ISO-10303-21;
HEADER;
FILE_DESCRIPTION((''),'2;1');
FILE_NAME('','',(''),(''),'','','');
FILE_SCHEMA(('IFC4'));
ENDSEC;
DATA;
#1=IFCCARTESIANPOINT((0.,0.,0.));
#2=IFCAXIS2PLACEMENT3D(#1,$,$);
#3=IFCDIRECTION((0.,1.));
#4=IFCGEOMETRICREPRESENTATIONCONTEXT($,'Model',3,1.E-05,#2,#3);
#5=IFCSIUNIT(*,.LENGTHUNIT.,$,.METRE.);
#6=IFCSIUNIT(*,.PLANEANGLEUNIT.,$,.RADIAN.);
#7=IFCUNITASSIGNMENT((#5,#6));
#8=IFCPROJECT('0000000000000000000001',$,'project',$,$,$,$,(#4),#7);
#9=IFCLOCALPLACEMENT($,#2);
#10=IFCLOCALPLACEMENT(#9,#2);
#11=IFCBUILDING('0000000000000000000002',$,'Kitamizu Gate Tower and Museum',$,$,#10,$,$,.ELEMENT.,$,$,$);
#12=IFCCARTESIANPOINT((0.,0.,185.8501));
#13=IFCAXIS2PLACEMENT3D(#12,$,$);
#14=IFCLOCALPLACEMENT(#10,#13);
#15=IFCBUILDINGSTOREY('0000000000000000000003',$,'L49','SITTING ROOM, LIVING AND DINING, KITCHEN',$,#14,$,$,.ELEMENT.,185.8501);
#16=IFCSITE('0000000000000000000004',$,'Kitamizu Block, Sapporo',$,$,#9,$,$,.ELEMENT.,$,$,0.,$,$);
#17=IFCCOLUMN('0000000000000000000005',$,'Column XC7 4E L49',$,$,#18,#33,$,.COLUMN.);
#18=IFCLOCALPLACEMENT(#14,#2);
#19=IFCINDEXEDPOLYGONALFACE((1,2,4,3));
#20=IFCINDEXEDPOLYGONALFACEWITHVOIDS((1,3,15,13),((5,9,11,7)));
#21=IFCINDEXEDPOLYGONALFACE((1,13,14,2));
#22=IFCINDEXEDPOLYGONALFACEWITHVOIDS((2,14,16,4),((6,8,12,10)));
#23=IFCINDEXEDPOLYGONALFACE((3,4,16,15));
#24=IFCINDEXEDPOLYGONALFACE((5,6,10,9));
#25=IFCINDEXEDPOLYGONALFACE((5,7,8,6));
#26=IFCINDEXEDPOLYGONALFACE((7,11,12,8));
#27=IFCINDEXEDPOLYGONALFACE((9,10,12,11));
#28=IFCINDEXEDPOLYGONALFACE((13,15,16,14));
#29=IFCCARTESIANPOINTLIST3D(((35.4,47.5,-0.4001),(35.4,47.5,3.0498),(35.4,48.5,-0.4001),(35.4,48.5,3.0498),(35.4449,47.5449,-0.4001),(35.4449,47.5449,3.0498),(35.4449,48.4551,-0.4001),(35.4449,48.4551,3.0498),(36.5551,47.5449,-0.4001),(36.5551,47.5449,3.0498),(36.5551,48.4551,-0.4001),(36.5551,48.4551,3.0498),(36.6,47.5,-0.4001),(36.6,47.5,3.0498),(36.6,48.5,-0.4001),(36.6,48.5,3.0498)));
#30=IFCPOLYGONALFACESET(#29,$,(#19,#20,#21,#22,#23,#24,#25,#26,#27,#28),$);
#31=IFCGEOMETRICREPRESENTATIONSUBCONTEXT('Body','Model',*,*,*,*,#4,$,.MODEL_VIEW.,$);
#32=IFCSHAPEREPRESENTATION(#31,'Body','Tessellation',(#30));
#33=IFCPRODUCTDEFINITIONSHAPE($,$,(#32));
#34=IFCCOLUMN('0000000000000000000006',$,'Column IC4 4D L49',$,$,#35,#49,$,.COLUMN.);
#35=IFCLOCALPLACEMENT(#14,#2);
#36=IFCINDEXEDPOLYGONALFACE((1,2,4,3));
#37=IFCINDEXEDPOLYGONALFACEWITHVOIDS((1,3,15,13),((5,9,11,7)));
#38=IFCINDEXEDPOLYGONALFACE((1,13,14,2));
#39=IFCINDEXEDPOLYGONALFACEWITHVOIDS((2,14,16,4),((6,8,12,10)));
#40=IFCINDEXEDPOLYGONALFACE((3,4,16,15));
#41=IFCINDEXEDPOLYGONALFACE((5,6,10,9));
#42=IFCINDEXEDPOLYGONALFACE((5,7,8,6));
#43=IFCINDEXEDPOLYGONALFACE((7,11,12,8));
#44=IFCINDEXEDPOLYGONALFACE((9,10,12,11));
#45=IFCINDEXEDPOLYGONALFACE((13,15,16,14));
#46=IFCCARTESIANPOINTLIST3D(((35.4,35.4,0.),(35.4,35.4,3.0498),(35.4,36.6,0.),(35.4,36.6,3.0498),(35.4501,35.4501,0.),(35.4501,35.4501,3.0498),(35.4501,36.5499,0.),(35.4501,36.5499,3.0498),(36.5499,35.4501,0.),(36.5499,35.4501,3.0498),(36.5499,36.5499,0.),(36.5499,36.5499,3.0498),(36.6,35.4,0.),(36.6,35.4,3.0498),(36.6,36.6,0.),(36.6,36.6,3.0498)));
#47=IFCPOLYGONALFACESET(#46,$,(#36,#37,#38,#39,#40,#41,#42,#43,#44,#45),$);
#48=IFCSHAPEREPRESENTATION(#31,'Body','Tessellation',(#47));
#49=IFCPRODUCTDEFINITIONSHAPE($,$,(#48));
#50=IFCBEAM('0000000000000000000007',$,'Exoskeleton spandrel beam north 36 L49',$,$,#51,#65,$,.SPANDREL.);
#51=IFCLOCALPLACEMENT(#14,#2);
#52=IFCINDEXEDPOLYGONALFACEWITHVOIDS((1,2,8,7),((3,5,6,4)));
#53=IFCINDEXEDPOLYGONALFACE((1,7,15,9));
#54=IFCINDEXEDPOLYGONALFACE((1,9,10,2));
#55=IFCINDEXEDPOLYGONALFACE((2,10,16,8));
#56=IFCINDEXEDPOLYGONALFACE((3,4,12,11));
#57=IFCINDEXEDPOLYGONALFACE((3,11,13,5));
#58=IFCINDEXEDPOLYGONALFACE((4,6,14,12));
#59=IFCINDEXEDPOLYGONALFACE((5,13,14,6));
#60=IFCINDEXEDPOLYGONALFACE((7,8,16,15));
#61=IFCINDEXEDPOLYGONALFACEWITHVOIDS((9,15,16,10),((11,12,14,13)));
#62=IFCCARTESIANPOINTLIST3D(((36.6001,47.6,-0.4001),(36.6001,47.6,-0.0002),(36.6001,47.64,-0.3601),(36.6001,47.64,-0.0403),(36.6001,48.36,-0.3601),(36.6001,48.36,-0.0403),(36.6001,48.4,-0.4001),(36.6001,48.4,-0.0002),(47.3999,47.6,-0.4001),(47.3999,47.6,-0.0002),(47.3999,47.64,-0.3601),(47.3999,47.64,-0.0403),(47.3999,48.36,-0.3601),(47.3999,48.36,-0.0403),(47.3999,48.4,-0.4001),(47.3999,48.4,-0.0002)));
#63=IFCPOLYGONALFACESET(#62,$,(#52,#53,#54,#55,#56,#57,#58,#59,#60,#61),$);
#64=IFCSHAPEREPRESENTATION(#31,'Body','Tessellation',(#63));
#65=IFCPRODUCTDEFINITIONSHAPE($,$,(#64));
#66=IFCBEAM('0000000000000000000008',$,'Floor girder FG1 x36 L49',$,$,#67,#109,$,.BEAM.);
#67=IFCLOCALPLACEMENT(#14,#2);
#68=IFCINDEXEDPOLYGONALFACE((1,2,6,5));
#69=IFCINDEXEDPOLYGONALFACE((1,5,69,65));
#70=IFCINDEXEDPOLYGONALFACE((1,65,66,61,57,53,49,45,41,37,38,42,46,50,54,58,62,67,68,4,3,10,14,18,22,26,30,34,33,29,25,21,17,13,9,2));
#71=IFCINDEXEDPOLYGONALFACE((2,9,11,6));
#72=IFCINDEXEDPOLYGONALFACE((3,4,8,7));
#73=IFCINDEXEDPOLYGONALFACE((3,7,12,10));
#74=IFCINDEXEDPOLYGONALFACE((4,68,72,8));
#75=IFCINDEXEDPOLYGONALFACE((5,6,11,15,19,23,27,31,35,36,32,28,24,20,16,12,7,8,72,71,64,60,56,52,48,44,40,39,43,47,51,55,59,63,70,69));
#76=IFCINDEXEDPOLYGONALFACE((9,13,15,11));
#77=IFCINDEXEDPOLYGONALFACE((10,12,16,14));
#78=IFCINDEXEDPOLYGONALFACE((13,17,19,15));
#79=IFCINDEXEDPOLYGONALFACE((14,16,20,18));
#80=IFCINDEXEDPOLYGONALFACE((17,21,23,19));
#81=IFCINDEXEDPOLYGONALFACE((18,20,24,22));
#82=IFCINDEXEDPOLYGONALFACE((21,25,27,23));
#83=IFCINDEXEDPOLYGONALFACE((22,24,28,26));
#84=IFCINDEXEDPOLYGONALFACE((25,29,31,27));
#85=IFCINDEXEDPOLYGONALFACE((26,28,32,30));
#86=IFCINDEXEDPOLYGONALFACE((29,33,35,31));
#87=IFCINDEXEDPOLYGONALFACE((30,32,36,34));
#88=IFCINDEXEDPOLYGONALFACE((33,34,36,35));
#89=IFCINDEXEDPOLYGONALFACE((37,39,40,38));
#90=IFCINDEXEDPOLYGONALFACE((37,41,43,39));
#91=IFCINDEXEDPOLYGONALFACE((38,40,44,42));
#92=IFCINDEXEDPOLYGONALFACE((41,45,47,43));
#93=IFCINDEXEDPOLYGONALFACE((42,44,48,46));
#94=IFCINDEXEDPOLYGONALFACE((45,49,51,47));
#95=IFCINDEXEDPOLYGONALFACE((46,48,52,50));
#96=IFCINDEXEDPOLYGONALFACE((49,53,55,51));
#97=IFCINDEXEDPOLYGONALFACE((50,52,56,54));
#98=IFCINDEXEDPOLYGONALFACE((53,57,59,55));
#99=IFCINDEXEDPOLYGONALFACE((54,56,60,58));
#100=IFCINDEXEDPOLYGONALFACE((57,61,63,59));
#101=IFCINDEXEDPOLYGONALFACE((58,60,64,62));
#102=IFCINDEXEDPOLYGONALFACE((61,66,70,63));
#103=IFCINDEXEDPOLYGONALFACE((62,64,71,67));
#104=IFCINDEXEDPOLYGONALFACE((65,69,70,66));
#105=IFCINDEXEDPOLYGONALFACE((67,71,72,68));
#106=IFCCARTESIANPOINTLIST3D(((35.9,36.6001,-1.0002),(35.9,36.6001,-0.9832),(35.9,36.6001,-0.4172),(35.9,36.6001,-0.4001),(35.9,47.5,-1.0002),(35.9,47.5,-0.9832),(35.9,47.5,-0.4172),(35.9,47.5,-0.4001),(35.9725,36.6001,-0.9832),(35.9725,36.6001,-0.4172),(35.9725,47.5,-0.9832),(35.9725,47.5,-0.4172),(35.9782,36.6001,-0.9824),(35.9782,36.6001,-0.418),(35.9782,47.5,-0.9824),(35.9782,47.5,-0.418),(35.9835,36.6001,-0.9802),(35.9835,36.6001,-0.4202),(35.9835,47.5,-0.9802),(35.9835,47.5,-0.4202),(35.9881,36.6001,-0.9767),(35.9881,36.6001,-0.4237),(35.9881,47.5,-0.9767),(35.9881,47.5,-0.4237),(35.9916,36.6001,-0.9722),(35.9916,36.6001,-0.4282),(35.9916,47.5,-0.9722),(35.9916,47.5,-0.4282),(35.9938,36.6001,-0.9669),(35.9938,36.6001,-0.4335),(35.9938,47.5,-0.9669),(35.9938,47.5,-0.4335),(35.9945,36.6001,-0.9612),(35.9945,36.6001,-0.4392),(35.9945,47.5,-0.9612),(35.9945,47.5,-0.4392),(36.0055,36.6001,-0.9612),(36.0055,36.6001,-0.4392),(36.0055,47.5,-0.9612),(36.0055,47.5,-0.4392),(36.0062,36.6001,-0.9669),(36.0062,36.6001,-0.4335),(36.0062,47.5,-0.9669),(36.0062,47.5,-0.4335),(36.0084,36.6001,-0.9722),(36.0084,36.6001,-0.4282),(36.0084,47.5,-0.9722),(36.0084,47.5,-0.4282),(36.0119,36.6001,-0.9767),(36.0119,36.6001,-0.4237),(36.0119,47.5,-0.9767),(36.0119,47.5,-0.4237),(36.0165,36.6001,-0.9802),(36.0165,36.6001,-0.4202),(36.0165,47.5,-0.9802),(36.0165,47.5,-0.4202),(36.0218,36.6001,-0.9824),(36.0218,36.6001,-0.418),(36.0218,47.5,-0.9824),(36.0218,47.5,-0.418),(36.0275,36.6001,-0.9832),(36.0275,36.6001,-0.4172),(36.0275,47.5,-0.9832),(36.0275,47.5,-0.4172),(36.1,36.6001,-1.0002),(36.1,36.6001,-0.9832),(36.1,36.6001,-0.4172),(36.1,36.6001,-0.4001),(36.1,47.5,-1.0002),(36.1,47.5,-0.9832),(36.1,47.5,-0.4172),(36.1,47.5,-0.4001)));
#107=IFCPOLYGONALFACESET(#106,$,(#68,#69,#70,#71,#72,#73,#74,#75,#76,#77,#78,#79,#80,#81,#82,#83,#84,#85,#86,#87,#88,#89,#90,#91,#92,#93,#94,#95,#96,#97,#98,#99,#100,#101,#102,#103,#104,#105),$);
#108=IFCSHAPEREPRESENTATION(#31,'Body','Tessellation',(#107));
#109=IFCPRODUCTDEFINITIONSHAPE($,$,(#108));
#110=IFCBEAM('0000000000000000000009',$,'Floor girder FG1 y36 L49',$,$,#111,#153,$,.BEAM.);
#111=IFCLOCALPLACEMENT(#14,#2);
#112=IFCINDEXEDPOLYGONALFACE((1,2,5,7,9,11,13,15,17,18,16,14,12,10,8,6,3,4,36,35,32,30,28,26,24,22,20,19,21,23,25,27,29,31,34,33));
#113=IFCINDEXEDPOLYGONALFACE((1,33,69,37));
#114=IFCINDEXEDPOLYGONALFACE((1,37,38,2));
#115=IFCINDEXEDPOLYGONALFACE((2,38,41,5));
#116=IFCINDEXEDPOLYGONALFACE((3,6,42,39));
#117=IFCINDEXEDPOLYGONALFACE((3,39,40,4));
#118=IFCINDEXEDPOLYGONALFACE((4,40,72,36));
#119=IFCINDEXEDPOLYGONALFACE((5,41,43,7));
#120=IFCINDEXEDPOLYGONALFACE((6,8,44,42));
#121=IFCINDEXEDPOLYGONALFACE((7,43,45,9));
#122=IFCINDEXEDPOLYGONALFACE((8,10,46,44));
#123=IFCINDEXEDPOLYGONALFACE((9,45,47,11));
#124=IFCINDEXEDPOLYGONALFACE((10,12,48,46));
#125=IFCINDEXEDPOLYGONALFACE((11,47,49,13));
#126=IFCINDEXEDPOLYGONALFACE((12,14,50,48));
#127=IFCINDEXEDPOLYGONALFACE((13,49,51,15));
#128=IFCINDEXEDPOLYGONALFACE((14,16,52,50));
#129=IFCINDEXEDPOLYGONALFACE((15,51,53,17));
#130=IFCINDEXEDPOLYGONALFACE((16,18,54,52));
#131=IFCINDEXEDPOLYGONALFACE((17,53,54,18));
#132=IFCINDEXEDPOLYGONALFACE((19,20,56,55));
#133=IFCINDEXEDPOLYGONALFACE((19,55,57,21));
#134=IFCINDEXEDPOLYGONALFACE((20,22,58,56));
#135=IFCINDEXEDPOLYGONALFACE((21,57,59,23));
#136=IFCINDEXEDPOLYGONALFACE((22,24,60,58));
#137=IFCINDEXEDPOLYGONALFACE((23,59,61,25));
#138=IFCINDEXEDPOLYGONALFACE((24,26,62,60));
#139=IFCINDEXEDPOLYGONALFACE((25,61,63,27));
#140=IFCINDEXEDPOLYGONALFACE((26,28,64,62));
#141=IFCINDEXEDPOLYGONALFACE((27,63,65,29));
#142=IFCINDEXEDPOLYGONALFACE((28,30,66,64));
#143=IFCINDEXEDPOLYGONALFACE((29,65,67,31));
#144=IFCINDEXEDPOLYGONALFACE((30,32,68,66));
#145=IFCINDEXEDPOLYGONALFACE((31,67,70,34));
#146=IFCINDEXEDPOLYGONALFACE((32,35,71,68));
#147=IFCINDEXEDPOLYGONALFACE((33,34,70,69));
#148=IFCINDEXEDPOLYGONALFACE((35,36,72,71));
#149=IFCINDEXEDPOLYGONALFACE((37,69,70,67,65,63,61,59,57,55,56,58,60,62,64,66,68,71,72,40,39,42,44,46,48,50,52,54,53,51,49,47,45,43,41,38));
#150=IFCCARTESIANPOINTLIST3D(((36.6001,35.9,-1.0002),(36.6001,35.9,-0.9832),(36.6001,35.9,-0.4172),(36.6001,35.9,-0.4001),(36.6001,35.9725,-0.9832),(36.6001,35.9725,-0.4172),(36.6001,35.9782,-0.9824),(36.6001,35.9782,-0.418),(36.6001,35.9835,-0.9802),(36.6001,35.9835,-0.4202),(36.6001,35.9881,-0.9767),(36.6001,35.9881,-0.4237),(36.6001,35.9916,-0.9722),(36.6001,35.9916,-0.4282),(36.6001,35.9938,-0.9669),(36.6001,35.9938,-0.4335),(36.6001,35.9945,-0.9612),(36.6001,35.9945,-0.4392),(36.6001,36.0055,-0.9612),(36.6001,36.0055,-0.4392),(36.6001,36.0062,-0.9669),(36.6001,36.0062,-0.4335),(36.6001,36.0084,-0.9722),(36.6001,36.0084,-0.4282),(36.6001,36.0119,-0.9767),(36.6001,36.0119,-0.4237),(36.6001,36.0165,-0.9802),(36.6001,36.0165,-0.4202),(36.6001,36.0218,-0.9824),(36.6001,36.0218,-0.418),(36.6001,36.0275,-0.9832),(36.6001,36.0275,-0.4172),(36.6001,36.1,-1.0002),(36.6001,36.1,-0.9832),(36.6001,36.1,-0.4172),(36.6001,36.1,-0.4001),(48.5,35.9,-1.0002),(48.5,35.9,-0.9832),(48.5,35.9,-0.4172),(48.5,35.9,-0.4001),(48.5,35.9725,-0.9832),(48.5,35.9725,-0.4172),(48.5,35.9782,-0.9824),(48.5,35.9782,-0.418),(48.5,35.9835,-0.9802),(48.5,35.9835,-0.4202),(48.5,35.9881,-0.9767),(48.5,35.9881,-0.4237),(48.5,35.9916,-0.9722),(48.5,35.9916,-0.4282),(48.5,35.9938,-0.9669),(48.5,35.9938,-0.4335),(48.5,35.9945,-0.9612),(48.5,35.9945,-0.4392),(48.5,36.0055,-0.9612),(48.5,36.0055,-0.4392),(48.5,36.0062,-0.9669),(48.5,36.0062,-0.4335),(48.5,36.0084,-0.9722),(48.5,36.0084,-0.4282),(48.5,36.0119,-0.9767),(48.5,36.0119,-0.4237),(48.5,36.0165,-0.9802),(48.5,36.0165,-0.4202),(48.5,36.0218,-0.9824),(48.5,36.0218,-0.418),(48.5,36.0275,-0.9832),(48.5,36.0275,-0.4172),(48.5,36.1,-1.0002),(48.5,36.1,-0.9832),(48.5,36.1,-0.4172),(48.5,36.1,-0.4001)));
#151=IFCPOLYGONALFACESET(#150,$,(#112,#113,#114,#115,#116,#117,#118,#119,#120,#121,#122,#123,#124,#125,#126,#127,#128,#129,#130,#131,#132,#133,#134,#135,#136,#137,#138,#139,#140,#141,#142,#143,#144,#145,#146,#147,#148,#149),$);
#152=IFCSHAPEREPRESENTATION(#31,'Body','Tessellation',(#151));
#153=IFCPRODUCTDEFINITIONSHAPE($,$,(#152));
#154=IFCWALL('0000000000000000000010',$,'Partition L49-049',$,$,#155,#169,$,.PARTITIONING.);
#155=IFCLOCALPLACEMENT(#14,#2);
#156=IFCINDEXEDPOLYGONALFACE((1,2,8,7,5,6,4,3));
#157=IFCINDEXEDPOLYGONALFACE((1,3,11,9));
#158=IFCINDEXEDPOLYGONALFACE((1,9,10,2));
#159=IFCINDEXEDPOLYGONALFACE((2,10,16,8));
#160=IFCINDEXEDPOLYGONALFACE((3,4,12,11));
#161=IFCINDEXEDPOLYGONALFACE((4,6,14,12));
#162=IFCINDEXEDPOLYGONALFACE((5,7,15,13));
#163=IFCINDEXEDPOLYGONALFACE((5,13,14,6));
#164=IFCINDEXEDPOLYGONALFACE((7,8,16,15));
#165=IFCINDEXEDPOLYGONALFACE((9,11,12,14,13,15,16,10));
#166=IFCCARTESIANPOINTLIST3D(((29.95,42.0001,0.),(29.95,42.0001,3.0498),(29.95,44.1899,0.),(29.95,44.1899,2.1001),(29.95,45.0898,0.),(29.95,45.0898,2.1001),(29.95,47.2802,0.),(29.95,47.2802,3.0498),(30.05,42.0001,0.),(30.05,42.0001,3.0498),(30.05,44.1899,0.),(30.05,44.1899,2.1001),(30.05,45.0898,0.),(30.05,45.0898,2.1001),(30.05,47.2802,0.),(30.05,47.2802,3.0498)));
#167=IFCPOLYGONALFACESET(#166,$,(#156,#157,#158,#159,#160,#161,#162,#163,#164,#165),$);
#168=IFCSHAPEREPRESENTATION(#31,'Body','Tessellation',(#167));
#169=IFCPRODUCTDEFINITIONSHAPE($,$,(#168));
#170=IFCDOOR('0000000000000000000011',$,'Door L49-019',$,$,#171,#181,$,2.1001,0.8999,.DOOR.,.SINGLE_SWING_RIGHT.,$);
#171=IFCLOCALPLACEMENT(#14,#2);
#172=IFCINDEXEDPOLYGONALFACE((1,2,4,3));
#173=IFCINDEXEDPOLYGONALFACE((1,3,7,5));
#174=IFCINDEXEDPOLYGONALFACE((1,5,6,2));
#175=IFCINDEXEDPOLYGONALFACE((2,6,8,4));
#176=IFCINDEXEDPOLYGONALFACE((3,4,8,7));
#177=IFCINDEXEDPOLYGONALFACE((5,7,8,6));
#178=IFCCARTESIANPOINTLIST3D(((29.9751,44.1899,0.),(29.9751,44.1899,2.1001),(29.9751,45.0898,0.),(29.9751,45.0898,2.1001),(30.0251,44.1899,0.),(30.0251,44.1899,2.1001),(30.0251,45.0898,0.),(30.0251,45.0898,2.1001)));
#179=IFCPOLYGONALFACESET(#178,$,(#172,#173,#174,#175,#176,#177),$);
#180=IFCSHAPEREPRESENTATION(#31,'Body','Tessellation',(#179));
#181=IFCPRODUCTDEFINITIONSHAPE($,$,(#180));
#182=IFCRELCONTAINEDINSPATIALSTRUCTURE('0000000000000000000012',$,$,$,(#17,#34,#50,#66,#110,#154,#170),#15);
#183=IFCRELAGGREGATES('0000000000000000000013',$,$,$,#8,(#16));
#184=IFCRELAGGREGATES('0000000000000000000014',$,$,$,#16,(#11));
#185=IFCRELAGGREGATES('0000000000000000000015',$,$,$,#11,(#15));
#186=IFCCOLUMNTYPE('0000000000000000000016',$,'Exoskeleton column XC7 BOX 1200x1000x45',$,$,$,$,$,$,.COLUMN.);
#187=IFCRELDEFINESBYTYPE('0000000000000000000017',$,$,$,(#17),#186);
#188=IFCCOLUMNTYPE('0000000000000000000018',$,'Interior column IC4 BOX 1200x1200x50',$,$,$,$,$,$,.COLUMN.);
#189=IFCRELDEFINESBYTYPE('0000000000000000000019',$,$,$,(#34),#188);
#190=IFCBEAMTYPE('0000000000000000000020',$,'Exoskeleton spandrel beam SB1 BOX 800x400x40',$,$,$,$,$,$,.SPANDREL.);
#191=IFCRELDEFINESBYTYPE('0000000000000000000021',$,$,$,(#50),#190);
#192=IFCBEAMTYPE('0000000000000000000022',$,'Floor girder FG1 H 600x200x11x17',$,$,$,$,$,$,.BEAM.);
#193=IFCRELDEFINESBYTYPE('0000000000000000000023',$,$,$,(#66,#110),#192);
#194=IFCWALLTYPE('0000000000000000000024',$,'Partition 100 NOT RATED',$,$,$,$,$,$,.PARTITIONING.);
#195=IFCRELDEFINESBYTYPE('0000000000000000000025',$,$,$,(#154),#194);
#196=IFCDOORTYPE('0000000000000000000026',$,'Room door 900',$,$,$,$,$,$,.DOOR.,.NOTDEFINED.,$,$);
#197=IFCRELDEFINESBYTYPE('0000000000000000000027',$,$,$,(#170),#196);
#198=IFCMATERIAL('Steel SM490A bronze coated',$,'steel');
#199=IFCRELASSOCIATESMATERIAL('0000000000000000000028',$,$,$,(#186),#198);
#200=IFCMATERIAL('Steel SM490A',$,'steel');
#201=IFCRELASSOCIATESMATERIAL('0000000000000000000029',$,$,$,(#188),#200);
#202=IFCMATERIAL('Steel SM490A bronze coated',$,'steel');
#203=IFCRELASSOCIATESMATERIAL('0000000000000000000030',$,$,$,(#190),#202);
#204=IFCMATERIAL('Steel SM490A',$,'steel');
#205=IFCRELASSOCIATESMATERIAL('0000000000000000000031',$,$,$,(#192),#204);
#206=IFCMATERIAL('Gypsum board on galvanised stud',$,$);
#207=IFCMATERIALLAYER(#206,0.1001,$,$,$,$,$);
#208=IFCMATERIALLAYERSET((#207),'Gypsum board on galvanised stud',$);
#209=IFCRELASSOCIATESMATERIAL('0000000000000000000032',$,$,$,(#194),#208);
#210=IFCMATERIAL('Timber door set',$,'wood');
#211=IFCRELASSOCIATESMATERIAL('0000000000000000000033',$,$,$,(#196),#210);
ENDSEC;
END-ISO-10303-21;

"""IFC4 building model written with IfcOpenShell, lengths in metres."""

from ifc_helpers import new_model, si_unit, direction, frame, frame_2d, origin, origin_2d, place, context, subcontext, project, spatial, rectangle, hollow_rectangle, i_section, extrude, material, layer, layer_set, material_profile, profile_set, type_object, element, fill, save


model = new_model("IFC4")

# Units and contexts
model_context = context("Model", 3, precision=1e-05, world=origin(), true_north=direction((0.0, 1.0)))
body_context = subcontext(model_context, "Body", "Model", "MODEL_VIEW")
ifc_project = project(units=[si_unit("LENGTHUNIT", "METRE"), si_unit("PLANEANGLEUNIT", "RADIAN")], contexts=[model_context])

# Site, building, storey
site_placement = place(None, origin())
site = spatial("IfcSite", under=ifc_project, at=site_placement, Name="Kitamizu Block, Sapporo", CompositionType="ELEMENT", RefElevation=0.0)
building_placement = place(site_placement, origin())
building = spatial("IfcBuilding", under=site, at=building_placement, Name="Kitamizu Gate Tower and Museum", CompositionType="ELEMENT")
storey_placement = place(building_placement, frame((0.0, 0.0, 185.8501)))
storey = spatial("IfcBuildingStorey", under=building, at=storey_placement, Name="L49", Description="SITTING ROOM, LIVING AND DINING, KITCHEN", CompositionType="ELEMENT", Elevation=185.8501)

# Columns
ifc_material_1 = material(Name="Steel SM490A bronze coated", Category="steel")
ifc_material_profile_1 = material_profile(ifc_material_1, hollow_rectangle(XDim=1.2, YDim=1.0, WallThickness=0.0449, at=origin_2d()), Name="BOX 1200x1000x45")
ifc_profile_set_1 = profile_set([ifc_material_profile_1], Name="Steel SM490A bronze coated")
column_type_1 = type_object("IfcColumnType", Name="Exoskeleton column XC7 BOX 1200x1000x45", PredefinedType="COLUMN", material=ifc_profile_set_1)
column_1_placement = place(storey_placement, frame((36.0, 48.0, -0.4001), z_axis=(0.0, 0.0, 1.0), x_axis=(1.0, 0.0, 0.0)))
element("IfcColumn", 1, at=column_1_placement, inside=storey, type_object=column_type_1, Name="Column XC7 4E L49", PredefinedType="COLUMN", context=body_context, shape_type="SweptSolid", body=[
    extrude(hollow_rectangle(XDim=1.2, YDim=1.0, WallThickness=0.0449, at=origin_2d()), origin(), (0.0, 0.0, 1.0), 3.45),
])
ifc_material_2 = material(Name="Steel SM490A", Category="steel")
ifc_material_profile_2 = material_profile(ifc_material_2, hollow_rectangle(XDim=1.2, YDim=1.2, WallThickness=0.05, at=origin_2d()), Name="BOX 1200x1200x50")
ifc_profile_set_2 = profile_set([ifc_material_profile_2], Name="Steel SM490A")
column_type_2 = type_object("IfcColumnType", Name="Interior column IC4 BOX 1200x1200x50", PredefinedType="COLUMN", material=ifc_profile_set_2)
column_2_placement = place(storey_placement, frame((36.0, 36.0, 0.0), z_axis=(0.0, 0.0, 1.0), x_axis=(1.0, 0.0, 0.0)))
element("IfcColumn", 2, at=column_2_placement, inside=storey, type_object=column_type_2, Name="Column IC4 4D L49", PredefinedType="COLUMN", context=body_context, shape_type="SweptSolid", body=[
    extrude(hollow_rectangle(XDim=1.2, YDim=1.2, WallThickness=0.05, at=origin_2d()), origin(), (0.0, 0.0, 1.0), 3.0498),
])

# Beams
ifc_material_3 = material(Name="Steel SM490A bronze coated", Category="steel")
ifc_material_profile_3 = material_profile(ifc_material_3, hollow_rectangle(XDim=0.8, YDim=0.3999, WallThickness=0.04, at=origin_2d()), Name="BOX 800x400x40")
ifc_profile_set_3 = profile_set([ifc_material_profile_3], Name="Steel SM490A bronze coated")
beam_type_1 = type_object("IfcBeamType", Name="Exoskeleton spandrel beam SB1 BOX 800x400x40", PredefinedType="SPANDREL", material=ifc_profile_set_3)
beam_1_placement = place(storey_placement, frame((36.6001, 48.0, -0.2002), z_axis=(1.0, 0.0, 0.0), x_axis=(0.0, 1.0, 0.0)))
element("IfcBeam", 3, at=beam_1_placement, inside=storey, type_object=beam_type_1, Name="Exoskeleton spandrel beam north 36 L49", PredefinedType="SPANDREL", context=body_context, shape_type="SweptSolid", body=[
    extrude(hollow_rectangle(XDim=0.8, YDim=0.3999, WallThickness=0.04, at=origin_2d()), origin(), (0.0, 0.0, 1.0), 10.7998),
])
ifc_material_4 = material(Name="Steel SM490A", Category="steel")
ifc_material_profile_4 = material_profile(ifc_material_4, i_section(OverallWidth=0.2, OverallDepth=0.6001, WebThickness=0.011, FlangeThickness=0.0171, FilletRadius=0.022, at=origin_2d()), Name="H-600x200x11x17")
ifc_profile_set_4 = profile_set([ifc_material_profile_4], Name="Steel SM490A")
beam_type_2 = type_object("IfcBeamType", Name="Floor girder FG1 H 600x200x11x17", PredefinedType="BEAM", material=ifc_profile_set_4)
beam_2_placement = place(storey_placement, frame((36.0, 36.6001, -0.7002), z_axis=(0.0, 1.0, 0.0), x_axis=(-1.0, 0.0, 0.0)))
element("IfcBeam", 4, at=beam_2_placement, inside=storey, type_object=beam_type_2, Name="Floor girder FG1 x36 L49", PredefinedType="BEAM", context=body_context, shape_type="SweptSolid", body=[
    extrude(i_section(OverallWidth=0.2, OverallDepth=0.6001, WebThickness=0.011, FlangeThickness=0.0171, FilletRadius=0.022, at=origin_2d()), origin(), (0.0, 0.0, 1.0), 10.8999),
])
beam_3_placement = place(storey_placement, frame((36.6001, 36.0, -0.7002), z_axis=(1.0, 0.0, 0.0), x_axis=(0.0, 1.0, 0.0)))
element("IfcBeam", 5, at=beam_3_placement, inside=storey, type_object=beam_type_2, Name="Floor girder FG1 y36 L49", PredefinedType="BEAM", context=body_context, shape_type="SweptSolid", body=[
    extrude(i_section(OverallWidth=0.2, OverallDepth=0.6001, WebThickness=0.011, FlangeThickness=0.0171, FilletRadius=0.022, at=origin_2d()), origin(), (0.0, 0.0, 1.0), 11.8999),
])

# Wall, opening, door
ifc_material_5 = material(Name="Gypsum board on galvanised stud")
ifc_layer_1 = layer(ifc_material_5, 0.1001)
ifc_layer_set_1 = layer_set([ifc_layer_1], Name="Gypsum board on galvanised stud")
wall_type_1 = type_object("IfcWallType", Name="Partition 100 NOT RATED", PredefinedType="PARTITIONING", material=ifc_layer_set_1)
wall_1_placement = place(storey_placement, frame((30.0, 42.0, 0.0), z_axis=(0.0, 0.0, 1.0), x_axis=(0.0, 1.0, 0.0)))
wall_1 = element("IfcWall", 6, at=wall_1_placement, inside=storey, type_object=wall_type_1, Name="Partition L49-049", PredefinedType="PARTITIONING", context=body_context, shape_type="SweptSolid", body=[
    extrude(rectangle(XDim=5.28, YDim=0.1001, at=frame_2d((2.6401, 0.0))), origin(), (0.0, 0.0, 1.0), 3.0498),
])
opening_1_placement = place(wall_1_placement, frame((2.1899, 0.0, 0.0)))
opening_1 = element("IfcOpeningElement", 7, at=opening_1_placement, cuts=wall_1, PredefinedType="OPENING", context=body_context, shape_type="SweptSolid", body=[
    extrude(rectangle(XDim=0.8999, YDim=2.1001, at=frame_2d((0.45, 1.05))), frame((0.0, 0.0601, 0.0), z_axis=(0.0, -1.0, 0.0), x_axis=(1.0, 0.0, 0.0)), (0.0, 0.0, 1.0), 0.1201),
])
ifc_material_6 = material(Name="Timber door set", Category="wood")
door_type_1 = type_object("IfcDoorType", Name="Room door 900", OperationType="NOTDEFINED", PredefinedType="DOOR", material=ifc_material_6)
door_1_placement = place(opening_1_placement, origin())
door_1 = element("IfcDoor", 8, at=door_1_placement, inside=storey, type_object=door_type_1, Name="Door L49-019", OperationType="SINGLE_SWING_RIGHT", OverallHeight=2.1001, OverallWidth=0.8999, PredefinedType="DOOR", context=body_context, shape_type="SweptSolid", body=[
    extrude(rectangle(XDim=0.8999, YDim=2.1001, at=frame_2d((0.45, 1.05))), frame((0.0, 0.0249, 0.0), z_axis=(0.0, -1.0, 0.0), x_axis=(1.0, 0.0, 0.0)), (0.0, 0.0, 1.0), 0.05),
])
fill(opening_1, door_1)

save(model, "model.ifc")
